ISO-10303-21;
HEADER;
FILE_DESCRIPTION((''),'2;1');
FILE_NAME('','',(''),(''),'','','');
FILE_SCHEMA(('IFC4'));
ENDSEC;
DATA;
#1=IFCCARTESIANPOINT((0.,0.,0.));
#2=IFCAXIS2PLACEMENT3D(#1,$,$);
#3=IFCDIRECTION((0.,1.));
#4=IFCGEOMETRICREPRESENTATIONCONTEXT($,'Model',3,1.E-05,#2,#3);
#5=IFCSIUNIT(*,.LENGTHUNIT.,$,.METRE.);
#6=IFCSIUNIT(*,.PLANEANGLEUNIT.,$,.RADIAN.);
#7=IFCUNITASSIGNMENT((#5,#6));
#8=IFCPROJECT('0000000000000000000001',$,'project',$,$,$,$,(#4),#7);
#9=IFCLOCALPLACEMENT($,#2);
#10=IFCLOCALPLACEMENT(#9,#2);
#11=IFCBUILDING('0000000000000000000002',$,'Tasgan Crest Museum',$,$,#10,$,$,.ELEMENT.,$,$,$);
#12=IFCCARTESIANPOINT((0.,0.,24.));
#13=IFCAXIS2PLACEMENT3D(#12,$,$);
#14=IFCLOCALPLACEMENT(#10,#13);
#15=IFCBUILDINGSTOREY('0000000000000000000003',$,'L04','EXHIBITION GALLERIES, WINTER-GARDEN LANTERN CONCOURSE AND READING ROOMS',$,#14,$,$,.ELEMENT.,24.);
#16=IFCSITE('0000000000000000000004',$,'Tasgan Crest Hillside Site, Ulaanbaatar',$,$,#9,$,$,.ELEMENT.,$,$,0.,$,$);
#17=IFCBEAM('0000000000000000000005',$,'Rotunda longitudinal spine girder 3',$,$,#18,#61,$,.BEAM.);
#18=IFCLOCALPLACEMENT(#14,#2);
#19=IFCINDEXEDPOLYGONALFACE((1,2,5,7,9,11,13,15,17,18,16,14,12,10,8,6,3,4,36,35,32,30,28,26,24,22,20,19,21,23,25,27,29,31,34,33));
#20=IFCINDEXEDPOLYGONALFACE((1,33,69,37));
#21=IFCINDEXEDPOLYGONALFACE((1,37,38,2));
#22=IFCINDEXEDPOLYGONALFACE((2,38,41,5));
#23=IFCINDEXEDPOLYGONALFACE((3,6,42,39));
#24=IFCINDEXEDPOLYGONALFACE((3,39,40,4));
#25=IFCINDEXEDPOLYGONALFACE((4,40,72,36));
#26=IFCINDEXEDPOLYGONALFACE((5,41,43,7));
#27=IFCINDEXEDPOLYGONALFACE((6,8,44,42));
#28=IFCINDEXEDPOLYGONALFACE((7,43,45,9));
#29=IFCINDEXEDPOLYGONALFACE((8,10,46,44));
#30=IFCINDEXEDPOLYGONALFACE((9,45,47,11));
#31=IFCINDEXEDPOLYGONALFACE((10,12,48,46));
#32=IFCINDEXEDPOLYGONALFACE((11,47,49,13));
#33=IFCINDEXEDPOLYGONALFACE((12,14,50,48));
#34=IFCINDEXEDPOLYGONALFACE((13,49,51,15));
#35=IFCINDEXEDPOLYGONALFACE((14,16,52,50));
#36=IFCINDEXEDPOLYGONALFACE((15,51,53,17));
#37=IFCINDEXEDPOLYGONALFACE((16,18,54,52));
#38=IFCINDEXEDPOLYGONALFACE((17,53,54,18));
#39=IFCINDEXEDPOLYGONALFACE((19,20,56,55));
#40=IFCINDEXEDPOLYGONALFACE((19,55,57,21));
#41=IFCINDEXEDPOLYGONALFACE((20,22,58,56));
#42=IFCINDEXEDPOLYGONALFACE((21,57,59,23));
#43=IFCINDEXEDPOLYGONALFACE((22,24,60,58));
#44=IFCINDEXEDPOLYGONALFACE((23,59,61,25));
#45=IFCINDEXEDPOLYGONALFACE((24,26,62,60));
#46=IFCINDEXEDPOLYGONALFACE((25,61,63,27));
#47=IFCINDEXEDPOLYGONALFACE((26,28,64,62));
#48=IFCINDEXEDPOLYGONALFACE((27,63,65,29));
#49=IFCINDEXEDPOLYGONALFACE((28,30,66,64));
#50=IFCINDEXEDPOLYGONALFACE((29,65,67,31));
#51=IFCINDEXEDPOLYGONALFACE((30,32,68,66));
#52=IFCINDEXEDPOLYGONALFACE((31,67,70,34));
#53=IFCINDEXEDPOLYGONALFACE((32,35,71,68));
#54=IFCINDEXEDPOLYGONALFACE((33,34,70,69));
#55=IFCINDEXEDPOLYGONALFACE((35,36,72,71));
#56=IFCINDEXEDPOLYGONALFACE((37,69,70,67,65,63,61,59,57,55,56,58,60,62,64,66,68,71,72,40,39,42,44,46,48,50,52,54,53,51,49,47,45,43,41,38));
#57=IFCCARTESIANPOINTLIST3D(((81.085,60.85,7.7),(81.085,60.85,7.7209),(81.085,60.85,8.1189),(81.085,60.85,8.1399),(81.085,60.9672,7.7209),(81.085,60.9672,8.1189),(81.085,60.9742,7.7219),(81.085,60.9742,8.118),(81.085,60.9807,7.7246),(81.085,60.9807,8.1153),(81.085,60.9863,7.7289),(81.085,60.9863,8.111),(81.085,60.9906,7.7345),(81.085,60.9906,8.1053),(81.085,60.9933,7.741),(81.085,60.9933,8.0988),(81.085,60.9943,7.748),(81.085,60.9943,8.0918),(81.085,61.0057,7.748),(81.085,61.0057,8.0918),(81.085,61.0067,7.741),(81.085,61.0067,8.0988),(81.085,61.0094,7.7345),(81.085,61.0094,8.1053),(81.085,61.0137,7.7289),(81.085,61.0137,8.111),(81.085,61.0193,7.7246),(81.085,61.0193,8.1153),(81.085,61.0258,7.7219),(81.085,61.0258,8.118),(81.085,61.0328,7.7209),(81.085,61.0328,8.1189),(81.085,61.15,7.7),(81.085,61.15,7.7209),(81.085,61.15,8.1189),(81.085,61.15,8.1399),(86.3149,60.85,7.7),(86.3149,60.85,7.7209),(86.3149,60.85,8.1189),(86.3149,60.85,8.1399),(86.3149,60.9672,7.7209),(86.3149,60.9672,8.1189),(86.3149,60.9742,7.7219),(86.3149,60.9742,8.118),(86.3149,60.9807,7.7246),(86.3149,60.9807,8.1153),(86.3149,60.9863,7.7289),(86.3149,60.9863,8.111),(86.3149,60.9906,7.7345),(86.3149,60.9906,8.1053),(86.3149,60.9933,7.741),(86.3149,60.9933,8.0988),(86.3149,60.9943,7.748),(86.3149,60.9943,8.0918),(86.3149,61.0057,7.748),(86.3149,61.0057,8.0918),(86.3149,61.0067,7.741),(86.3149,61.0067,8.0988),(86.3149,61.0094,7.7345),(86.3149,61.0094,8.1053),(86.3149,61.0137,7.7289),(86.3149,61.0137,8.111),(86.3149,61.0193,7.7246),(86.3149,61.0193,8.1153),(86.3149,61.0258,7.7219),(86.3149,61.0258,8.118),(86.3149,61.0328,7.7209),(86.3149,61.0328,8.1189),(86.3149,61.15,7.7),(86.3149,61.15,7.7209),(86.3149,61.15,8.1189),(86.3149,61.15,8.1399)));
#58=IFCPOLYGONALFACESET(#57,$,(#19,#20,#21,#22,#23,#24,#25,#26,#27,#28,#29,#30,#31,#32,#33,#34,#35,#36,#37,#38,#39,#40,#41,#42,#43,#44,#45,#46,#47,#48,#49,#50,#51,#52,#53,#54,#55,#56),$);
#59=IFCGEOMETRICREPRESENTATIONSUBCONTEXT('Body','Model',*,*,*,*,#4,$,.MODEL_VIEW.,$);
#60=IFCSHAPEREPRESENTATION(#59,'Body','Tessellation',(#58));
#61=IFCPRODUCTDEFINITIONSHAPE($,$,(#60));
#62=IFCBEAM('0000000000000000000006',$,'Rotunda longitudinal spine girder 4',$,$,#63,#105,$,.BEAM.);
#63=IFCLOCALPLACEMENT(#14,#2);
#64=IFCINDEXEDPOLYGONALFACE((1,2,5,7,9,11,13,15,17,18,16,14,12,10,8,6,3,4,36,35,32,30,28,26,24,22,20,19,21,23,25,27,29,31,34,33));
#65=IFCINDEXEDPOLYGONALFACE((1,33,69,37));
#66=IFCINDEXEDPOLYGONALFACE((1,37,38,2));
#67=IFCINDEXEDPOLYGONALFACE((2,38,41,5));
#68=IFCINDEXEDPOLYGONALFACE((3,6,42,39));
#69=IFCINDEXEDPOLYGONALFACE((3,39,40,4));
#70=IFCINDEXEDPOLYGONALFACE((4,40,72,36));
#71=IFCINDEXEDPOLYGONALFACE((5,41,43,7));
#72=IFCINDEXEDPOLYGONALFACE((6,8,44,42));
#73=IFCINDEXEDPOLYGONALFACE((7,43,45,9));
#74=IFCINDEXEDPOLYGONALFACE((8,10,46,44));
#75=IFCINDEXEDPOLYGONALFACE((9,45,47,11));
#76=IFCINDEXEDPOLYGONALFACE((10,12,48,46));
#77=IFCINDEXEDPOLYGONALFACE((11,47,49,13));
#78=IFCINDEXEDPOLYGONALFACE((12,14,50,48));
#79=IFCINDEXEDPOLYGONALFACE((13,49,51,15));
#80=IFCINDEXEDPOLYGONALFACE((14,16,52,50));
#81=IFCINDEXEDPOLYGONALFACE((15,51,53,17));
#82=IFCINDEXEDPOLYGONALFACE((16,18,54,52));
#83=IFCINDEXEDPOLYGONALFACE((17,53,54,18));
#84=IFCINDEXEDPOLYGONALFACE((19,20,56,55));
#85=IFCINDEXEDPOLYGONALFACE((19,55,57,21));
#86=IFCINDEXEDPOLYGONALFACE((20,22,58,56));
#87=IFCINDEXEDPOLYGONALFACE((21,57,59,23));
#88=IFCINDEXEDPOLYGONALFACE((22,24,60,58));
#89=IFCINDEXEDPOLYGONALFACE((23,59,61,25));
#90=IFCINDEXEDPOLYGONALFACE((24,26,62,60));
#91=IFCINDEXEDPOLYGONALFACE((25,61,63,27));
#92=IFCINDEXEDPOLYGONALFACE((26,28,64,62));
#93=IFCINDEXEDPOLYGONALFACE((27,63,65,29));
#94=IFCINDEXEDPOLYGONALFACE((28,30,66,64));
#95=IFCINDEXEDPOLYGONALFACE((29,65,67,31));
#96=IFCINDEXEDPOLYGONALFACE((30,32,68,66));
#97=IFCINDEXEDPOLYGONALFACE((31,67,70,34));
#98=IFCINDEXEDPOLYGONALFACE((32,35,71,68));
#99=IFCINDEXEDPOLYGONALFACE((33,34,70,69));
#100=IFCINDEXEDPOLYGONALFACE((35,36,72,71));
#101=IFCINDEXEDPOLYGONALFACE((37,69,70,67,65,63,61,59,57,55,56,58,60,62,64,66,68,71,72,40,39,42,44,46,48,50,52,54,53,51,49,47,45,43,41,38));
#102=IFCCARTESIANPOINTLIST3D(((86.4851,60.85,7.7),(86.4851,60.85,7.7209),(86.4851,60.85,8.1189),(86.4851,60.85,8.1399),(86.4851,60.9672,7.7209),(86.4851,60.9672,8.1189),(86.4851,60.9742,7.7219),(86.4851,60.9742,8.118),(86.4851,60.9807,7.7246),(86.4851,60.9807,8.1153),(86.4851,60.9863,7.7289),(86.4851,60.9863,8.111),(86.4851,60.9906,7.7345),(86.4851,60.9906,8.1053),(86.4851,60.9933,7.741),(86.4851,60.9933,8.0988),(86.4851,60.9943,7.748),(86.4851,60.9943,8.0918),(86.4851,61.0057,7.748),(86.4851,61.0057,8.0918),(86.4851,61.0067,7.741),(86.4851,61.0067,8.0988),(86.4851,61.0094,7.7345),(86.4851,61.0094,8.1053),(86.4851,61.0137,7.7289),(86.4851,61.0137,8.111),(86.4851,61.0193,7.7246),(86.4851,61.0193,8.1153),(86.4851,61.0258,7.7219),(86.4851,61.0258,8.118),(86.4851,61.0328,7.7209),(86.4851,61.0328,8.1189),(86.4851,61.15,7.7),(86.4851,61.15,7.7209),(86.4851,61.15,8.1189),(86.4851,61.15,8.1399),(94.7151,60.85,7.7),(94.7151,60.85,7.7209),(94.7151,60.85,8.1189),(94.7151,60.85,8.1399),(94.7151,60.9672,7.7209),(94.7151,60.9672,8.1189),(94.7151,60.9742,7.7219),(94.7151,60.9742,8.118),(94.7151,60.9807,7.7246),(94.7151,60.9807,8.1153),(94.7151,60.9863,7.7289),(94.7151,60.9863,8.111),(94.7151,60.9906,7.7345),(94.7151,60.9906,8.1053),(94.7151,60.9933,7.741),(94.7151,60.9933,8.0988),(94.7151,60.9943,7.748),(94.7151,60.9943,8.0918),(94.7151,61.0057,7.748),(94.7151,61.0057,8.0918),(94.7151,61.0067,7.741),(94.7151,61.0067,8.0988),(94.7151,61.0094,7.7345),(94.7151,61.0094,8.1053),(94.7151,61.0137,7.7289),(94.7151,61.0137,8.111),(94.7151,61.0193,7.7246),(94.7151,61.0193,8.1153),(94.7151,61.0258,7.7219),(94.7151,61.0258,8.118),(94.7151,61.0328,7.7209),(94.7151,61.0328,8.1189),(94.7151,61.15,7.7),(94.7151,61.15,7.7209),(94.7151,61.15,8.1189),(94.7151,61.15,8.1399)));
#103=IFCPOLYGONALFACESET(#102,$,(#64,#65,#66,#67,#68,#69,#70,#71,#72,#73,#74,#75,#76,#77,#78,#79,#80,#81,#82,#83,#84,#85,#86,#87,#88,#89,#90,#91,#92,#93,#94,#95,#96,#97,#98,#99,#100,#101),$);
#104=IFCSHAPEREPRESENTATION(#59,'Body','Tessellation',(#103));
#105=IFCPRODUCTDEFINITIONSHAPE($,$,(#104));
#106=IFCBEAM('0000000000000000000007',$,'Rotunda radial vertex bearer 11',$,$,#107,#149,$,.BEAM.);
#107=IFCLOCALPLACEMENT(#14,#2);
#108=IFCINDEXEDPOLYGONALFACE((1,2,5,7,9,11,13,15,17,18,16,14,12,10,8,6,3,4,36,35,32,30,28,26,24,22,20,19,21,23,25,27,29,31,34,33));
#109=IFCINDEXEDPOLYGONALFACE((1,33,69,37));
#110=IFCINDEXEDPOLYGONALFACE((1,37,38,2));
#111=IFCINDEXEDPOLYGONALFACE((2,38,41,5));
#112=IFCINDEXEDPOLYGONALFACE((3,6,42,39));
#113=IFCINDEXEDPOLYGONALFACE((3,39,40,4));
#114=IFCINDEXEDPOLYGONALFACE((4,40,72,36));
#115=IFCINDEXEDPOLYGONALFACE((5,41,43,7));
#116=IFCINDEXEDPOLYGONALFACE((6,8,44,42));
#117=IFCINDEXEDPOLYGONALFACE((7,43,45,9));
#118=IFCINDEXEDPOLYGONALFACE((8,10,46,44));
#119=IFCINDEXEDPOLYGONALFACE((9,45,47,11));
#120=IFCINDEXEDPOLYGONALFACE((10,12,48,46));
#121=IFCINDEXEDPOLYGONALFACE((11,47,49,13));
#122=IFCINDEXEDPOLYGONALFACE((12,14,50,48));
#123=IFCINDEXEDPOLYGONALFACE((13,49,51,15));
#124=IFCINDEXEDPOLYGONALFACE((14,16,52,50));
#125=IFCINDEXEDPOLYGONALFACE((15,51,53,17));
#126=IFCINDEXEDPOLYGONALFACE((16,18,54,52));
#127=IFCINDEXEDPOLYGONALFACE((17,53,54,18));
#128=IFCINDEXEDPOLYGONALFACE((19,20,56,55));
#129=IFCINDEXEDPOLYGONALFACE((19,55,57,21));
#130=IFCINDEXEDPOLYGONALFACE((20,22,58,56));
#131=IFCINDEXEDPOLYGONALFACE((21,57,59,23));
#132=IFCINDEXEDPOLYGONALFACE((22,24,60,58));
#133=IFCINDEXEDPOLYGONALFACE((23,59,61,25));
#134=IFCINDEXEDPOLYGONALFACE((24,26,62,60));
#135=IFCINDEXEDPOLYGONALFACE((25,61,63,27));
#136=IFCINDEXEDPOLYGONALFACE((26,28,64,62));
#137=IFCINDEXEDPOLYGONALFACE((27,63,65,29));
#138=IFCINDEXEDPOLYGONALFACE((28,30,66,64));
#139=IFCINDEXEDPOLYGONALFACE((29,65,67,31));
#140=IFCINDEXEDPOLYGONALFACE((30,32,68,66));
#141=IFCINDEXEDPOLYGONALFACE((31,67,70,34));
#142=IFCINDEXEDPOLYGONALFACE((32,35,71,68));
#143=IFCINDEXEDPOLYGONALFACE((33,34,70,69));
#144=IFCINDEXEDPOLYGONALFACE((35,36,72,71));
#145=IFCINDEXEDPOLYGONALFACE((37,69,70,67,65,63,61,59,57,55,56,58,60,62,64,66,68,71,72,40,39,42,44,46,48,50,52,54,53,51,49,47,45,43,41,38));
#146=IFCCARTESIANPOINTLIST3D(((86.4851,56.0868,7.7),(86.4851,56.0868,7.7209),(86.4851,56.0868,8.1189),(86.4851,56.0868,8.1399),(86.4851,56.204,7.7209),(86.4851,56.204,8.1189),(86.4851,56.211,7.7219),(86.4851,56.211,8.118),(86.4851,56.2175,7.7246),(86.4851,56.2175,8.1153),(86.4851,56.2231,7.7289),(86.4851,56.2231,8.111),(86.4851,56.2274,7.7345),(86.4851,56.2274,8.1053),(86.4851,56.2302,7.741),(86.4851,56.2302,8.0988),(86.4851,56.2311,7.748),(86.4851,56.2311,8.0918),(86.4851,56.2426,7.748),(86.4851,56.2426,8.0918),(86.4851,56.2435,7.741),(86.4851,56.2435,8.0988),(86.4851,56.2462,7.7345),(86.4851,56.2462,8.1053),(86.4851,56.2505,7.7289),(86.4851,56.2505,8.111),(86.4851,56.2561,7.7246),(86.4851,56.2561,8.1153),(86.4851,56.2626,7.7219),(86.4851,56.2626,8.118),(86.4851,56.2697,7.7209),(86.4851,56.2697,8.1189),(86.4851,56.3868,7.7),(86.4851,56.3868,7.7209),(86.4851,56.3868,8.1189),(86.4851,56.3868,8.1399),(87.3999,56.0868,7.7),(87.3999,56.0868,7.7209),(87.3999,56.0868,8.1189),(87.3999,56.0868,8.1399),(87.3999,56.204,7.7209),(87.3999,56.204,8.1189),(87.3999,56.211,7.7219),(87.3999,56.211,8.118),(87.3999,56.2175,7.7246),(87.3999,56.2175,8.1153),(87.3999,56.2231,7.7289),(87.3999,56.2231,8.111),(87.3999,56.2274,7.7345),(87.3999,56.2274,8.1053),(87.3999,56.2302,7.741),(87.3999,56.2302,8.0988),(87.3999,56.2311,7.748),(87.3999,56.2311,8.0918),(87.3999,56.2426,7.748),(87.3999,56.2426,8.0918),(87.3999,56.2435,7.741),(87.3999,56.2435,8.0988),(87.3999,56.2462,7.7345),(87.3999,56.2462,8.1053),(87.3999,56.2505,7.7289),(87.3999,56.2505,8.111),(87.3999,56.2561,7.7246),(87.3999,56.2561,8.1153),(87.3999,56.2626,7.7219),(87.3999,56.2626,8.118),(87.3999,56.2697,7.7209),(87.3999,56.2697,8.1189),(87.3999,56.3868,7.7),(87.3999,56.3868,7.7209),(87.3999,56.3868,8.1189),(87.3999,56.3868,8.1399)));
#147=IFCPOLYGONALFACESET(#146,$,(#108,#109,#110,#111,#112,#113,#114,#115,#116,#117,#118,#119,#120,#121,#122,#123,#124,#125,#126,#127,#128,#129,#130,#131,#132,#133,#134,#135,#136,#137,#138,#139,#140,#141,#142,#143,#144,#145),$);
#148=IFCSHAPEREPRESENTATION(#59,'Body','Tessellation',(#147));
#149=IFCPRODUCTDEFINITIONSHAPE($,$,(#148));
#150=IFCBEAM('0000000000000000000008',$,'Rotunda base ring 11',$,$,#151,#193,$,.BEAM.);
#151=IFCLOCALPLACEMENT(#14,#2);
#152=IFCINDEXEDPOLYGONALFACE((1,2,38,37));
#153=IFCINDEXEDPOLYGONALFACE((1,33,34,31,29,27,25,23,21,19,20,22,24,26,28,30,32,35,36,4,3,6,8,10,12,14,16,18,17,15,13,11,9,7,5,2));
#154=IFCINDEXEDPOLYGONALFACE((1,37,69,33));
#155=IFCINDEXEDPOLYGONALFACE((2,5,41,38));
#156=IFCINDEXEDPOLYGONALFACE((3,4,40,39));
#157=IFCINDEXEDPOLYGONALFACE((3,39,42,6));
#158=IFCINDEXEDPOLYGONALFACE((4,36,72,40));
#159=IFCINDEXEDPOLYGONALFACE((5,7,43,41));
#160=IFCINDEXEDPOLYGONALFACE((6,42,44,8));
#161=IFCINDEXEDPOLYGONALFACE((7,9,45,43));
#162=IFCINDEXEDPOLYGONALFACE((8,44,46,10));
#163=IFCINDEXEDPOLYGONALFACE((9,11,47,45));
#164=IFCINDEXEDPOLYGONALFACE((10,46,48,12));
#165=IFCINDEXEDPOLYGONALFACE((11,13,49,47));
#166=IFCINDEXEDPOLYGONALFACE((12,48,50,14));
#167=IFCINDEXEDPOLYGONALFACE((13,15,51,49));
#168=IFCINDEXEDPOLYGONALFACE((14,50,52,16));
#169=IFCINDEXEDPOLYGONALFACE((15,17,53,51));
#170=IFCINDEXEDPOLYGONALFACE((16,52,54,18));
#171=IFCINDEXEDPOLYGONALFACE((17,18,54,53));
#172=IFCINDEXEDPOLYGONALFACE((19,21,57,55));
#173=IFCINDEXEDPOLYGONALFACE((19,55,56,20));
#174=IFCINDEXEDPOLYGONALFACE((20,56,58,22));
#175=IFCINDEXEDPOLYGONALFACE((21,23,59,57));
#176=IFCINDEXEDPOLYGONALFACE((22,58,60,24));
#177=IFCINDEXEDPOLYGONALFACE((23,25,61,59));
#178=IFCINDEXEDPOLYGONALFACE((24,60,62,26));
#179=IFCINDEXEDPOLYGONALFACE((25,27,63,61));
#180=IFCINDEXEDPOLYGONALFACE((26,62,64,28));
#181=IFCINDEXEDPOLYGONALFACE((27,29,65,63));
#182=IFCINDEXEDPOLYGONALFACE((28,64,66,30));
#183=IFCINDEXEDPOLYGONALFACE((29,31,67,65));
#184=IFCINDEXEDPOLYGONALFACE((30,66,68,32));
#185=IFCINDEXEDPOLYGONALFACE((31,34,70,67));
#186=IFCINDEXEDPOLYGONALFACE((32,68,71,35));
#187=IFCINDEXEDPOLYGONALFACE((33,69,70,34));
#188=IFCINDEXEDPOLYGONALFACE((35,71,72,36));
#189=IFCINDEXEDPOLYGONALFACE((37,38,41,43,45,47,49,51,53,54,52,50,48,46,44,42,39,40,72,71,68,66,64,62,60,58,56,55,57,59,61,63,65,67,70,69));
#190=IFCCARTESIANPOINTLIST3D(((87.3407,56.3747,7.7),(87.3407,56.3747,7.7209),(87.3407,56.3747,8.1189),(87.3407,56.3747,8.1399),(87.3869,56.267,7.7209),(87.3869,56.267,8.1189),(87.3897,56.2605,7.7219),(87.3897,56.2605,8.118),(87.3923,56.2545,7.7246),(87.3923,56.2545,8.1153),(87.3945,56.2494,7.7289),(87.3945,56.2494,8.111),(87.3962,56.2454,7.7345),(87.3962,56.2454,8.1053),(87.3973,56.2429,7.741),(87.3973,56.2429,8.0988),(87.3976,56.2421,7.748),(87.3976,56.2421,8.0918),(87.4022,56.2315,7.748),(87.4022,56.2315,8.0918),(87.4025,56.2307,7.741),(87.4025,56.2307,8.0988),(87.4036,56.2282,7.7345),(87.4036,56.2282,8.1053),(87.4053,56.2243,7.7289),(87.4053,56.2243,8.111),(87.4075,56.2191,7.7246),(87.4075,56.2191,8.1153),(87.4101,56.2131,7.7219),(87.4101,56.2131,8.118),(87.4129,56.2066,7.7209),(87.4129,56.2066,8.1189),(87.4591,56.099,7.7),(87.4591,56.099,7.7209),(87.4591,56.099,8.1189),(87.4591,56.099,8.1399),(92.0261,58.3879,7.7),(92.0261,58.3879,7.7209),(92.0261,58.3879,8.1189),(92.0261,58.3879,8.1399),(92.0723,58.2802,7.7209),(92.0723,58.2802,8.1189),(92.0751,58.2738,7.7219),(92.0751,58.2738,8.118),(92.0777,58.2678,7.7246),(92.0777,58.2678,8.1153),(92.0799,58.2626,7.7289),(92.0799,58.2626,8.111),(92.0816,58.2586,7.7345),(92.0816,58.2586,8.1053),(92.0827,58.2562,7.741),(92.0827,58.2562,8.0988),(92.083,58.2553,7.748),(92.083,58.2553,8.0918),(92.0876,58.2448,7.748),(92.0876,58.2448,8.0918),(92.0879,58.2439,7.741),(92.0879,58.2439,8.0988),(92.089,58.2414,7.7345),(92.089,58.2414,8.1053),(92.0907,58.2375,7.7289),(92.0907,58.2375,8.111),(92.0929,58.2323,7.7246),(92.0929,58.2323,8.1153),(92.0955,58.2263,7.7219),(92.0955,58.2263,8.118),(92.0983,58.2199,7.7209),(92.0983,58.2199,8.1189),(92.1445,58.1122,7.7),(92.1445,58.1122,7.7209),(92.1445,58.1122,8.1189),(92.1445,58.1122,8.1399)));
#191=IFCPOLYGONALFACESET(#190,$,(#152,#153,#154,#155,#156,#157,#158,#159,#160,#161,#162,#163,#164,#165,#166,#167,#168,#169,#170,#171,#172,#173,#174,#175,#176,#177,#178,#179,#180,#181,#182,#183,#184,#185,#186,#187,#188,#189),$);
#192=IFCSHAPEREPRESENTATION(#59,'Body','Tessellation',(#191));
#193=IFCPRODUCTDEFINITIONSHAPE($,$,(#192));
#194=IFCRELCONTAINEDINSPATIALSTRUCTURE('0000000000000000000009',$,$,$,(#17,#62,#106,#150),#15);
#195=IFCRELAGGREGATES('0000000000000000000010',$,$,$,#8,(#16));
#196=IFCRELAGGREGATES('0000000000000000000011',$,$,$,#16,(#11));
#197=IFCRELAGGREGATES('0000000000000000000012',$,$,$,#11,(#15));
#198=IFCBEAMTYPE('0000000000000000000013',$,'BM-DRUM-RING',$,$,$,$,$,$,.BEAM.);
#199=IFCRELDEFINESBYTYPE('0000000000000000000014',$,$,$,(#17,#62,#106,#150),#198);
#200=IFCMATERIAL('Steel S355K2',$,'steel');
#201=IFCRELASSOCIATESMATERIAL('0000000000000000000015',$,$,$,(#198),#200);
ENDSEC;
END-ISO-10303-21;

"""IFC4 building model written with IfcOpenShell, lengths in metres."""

from ifc_helpers import new_model, si_unit, direction, frame, origin, origin_2d, place, context, subcontext, project, spatial, i_section, extrude, material, material_profile, profile_set, type_object, element, save


model = new_model("IFC4")

# Units and contexts
model_context = context("Model", 3, precision=1e-05, world=origin(), true_north=direction((0.0, 1.0)))
body_context = subcontext(model_context, "Body", "Model", "MODEL_VIEW")
ifc_project = project(units=[si_unit("LENGTHUNIT", "METRE"), si_unit("PLANEANGLEUNIT", "RADIAN")], contexts=[model_context])

# Site, building, storey
site_placement = place(None, origin())
site = spatial("IfcSite", under=ifc_project, at=site_placement, Name="Tasgan Crest Hillside Site, Ulaanbaatar", CompositionType="ELEMENT", RefElevation=0.0)
building_placement = place(site_placement, origin())
building = spatial("IfcBuilding", under=site, at=building_placement, Name="Tasgan Crest Museum", CompositionType="ELEMENT")
storey_placement = place(building_placement, frame((0.0, 0.0, 24.0)))
storey = spatial("IfcBuildingStorey", under=building, at=storey_placement, Name="L04", Description="EXHIBITION GALLERIES, WINTER-GARDEN LANTERN CONCOURSE AND READING ROOMS", CompositionType="ELEMENT", Elevation=24.0)

# Beams
ifc_material_1 = material(Name="Steel S355K2", Category="steel")
ifc_material_profile_1 = material_profile(ifc_material_1, i_section(OverallWidth=0.3, OverallDepth=0.4399, WebThickness=0.0115, FlangeThickness=0.021, FilletRadius=0.0271, at=origin_2d()), Name="HEA 450")
ifc_profile_set_1 = profile_set([ifc_material_profile_1], Name="Steel S355K2")
beam_type_1 = type_object("IfcBeamType", Name="BM-DRUM-RING", PredefinedType="BEAM", material=ifc_profile_set_1)
beam_1_placement = place(storey_placement, frame((81.085, 61.0, 7.9199), z_axis=(1.0, 0.0, 0.0), x_axis=(0.0, 1.0, 0.0)))
element("IfcBeam", 1, at=beam_1_placement, inside=storey, type_object=beam_type_1, Name="Rotunda longitudinal spine girder 3", PredefinedType="BEAM", context=body_context, shape_type="SweptSolid", body=[
    extrude(i_section(OverallWidth=0.3, OverallDepth=0.4399, WebThickness=0.0115, FlangeThickness=0.021, FilletRadius=0.0271, at=origin_2d()), origin(), (0.0, 0.0, 1.0), 5.23),
])
beam_2_placement = place(storey_placement, frame((86.4851, 61.0, 7.9199), z_axis=(1.0, 0.0, 0.0), x_axis=(0.0, 1.0, 0.0)))
element("IfcBeam", 2, at=beam_2_placement, inside=storey, type_object=beam_type_1, Name="Rotunda longitudinal spine girder 4", PredefinedType="BEAM", context=body_context, shape_type="SweptSolid", body=[
    extrude(i_section(OverallWidth=0.3, OverallDepth=0.4399, WebThickness=0.0115, FlangeThickness=0.021, FilletRadius=0.0271, at=origin_2d()), origin(), (0.0, 0.0, 1.0), 8.23),
])
beam_3_placement = place(storey_placement, frame((86.4851, 56.2368, 7.9199), z_axis=(1.0, 0.0, 0.0), x_axis=(0.0, 1.0, 0.0)))
element("IfcBeam", 3, at=beam_3_placement, inside=storey, type_object=beam_type_1, Name="Rotunda radial vertex bearer 11", PredefinedType="BEAM", context=body_context, shape_type="SweptSolid", body=[
    extrude(i_section(OverallWidth=0.3, OverallDepth=0.4399, WebThickness=0.0115, FlangeThickness=0.021, FilletRadius=0.0271, at=origin_2d()), origin(), (0.0, 0.0, 1.0), 0.9148),
])
for number, where, z_axis, x_axis, name in (
    (4, (87.3999, 56.2368, 7.9199), (0.918776, 0.39478, 0.0), (-0.39478, 0.918776, 0.0), "Rotunda base ring 11"),
):
    element("IfcBeam", number, at=place(storey_placement, frame(where, z_axis=z_axis, x_axis=x_axis)), inside=storey, type_object=beam_type_1, Name=name, PredefinedType="BEAM", context=body_context, shape_type="SweptSolid", body=[
        extrude(i_section(OverallWidth=0.3, OverallDepth=0.4399, WebThickness=0.0115, FlangeThickness=0.021, FilletRadius=0.0271, at=origin_2d()), origin(), (0.0, 0.0, 1.0), 5.0996),
    ])

save(model, "model.ifc")
